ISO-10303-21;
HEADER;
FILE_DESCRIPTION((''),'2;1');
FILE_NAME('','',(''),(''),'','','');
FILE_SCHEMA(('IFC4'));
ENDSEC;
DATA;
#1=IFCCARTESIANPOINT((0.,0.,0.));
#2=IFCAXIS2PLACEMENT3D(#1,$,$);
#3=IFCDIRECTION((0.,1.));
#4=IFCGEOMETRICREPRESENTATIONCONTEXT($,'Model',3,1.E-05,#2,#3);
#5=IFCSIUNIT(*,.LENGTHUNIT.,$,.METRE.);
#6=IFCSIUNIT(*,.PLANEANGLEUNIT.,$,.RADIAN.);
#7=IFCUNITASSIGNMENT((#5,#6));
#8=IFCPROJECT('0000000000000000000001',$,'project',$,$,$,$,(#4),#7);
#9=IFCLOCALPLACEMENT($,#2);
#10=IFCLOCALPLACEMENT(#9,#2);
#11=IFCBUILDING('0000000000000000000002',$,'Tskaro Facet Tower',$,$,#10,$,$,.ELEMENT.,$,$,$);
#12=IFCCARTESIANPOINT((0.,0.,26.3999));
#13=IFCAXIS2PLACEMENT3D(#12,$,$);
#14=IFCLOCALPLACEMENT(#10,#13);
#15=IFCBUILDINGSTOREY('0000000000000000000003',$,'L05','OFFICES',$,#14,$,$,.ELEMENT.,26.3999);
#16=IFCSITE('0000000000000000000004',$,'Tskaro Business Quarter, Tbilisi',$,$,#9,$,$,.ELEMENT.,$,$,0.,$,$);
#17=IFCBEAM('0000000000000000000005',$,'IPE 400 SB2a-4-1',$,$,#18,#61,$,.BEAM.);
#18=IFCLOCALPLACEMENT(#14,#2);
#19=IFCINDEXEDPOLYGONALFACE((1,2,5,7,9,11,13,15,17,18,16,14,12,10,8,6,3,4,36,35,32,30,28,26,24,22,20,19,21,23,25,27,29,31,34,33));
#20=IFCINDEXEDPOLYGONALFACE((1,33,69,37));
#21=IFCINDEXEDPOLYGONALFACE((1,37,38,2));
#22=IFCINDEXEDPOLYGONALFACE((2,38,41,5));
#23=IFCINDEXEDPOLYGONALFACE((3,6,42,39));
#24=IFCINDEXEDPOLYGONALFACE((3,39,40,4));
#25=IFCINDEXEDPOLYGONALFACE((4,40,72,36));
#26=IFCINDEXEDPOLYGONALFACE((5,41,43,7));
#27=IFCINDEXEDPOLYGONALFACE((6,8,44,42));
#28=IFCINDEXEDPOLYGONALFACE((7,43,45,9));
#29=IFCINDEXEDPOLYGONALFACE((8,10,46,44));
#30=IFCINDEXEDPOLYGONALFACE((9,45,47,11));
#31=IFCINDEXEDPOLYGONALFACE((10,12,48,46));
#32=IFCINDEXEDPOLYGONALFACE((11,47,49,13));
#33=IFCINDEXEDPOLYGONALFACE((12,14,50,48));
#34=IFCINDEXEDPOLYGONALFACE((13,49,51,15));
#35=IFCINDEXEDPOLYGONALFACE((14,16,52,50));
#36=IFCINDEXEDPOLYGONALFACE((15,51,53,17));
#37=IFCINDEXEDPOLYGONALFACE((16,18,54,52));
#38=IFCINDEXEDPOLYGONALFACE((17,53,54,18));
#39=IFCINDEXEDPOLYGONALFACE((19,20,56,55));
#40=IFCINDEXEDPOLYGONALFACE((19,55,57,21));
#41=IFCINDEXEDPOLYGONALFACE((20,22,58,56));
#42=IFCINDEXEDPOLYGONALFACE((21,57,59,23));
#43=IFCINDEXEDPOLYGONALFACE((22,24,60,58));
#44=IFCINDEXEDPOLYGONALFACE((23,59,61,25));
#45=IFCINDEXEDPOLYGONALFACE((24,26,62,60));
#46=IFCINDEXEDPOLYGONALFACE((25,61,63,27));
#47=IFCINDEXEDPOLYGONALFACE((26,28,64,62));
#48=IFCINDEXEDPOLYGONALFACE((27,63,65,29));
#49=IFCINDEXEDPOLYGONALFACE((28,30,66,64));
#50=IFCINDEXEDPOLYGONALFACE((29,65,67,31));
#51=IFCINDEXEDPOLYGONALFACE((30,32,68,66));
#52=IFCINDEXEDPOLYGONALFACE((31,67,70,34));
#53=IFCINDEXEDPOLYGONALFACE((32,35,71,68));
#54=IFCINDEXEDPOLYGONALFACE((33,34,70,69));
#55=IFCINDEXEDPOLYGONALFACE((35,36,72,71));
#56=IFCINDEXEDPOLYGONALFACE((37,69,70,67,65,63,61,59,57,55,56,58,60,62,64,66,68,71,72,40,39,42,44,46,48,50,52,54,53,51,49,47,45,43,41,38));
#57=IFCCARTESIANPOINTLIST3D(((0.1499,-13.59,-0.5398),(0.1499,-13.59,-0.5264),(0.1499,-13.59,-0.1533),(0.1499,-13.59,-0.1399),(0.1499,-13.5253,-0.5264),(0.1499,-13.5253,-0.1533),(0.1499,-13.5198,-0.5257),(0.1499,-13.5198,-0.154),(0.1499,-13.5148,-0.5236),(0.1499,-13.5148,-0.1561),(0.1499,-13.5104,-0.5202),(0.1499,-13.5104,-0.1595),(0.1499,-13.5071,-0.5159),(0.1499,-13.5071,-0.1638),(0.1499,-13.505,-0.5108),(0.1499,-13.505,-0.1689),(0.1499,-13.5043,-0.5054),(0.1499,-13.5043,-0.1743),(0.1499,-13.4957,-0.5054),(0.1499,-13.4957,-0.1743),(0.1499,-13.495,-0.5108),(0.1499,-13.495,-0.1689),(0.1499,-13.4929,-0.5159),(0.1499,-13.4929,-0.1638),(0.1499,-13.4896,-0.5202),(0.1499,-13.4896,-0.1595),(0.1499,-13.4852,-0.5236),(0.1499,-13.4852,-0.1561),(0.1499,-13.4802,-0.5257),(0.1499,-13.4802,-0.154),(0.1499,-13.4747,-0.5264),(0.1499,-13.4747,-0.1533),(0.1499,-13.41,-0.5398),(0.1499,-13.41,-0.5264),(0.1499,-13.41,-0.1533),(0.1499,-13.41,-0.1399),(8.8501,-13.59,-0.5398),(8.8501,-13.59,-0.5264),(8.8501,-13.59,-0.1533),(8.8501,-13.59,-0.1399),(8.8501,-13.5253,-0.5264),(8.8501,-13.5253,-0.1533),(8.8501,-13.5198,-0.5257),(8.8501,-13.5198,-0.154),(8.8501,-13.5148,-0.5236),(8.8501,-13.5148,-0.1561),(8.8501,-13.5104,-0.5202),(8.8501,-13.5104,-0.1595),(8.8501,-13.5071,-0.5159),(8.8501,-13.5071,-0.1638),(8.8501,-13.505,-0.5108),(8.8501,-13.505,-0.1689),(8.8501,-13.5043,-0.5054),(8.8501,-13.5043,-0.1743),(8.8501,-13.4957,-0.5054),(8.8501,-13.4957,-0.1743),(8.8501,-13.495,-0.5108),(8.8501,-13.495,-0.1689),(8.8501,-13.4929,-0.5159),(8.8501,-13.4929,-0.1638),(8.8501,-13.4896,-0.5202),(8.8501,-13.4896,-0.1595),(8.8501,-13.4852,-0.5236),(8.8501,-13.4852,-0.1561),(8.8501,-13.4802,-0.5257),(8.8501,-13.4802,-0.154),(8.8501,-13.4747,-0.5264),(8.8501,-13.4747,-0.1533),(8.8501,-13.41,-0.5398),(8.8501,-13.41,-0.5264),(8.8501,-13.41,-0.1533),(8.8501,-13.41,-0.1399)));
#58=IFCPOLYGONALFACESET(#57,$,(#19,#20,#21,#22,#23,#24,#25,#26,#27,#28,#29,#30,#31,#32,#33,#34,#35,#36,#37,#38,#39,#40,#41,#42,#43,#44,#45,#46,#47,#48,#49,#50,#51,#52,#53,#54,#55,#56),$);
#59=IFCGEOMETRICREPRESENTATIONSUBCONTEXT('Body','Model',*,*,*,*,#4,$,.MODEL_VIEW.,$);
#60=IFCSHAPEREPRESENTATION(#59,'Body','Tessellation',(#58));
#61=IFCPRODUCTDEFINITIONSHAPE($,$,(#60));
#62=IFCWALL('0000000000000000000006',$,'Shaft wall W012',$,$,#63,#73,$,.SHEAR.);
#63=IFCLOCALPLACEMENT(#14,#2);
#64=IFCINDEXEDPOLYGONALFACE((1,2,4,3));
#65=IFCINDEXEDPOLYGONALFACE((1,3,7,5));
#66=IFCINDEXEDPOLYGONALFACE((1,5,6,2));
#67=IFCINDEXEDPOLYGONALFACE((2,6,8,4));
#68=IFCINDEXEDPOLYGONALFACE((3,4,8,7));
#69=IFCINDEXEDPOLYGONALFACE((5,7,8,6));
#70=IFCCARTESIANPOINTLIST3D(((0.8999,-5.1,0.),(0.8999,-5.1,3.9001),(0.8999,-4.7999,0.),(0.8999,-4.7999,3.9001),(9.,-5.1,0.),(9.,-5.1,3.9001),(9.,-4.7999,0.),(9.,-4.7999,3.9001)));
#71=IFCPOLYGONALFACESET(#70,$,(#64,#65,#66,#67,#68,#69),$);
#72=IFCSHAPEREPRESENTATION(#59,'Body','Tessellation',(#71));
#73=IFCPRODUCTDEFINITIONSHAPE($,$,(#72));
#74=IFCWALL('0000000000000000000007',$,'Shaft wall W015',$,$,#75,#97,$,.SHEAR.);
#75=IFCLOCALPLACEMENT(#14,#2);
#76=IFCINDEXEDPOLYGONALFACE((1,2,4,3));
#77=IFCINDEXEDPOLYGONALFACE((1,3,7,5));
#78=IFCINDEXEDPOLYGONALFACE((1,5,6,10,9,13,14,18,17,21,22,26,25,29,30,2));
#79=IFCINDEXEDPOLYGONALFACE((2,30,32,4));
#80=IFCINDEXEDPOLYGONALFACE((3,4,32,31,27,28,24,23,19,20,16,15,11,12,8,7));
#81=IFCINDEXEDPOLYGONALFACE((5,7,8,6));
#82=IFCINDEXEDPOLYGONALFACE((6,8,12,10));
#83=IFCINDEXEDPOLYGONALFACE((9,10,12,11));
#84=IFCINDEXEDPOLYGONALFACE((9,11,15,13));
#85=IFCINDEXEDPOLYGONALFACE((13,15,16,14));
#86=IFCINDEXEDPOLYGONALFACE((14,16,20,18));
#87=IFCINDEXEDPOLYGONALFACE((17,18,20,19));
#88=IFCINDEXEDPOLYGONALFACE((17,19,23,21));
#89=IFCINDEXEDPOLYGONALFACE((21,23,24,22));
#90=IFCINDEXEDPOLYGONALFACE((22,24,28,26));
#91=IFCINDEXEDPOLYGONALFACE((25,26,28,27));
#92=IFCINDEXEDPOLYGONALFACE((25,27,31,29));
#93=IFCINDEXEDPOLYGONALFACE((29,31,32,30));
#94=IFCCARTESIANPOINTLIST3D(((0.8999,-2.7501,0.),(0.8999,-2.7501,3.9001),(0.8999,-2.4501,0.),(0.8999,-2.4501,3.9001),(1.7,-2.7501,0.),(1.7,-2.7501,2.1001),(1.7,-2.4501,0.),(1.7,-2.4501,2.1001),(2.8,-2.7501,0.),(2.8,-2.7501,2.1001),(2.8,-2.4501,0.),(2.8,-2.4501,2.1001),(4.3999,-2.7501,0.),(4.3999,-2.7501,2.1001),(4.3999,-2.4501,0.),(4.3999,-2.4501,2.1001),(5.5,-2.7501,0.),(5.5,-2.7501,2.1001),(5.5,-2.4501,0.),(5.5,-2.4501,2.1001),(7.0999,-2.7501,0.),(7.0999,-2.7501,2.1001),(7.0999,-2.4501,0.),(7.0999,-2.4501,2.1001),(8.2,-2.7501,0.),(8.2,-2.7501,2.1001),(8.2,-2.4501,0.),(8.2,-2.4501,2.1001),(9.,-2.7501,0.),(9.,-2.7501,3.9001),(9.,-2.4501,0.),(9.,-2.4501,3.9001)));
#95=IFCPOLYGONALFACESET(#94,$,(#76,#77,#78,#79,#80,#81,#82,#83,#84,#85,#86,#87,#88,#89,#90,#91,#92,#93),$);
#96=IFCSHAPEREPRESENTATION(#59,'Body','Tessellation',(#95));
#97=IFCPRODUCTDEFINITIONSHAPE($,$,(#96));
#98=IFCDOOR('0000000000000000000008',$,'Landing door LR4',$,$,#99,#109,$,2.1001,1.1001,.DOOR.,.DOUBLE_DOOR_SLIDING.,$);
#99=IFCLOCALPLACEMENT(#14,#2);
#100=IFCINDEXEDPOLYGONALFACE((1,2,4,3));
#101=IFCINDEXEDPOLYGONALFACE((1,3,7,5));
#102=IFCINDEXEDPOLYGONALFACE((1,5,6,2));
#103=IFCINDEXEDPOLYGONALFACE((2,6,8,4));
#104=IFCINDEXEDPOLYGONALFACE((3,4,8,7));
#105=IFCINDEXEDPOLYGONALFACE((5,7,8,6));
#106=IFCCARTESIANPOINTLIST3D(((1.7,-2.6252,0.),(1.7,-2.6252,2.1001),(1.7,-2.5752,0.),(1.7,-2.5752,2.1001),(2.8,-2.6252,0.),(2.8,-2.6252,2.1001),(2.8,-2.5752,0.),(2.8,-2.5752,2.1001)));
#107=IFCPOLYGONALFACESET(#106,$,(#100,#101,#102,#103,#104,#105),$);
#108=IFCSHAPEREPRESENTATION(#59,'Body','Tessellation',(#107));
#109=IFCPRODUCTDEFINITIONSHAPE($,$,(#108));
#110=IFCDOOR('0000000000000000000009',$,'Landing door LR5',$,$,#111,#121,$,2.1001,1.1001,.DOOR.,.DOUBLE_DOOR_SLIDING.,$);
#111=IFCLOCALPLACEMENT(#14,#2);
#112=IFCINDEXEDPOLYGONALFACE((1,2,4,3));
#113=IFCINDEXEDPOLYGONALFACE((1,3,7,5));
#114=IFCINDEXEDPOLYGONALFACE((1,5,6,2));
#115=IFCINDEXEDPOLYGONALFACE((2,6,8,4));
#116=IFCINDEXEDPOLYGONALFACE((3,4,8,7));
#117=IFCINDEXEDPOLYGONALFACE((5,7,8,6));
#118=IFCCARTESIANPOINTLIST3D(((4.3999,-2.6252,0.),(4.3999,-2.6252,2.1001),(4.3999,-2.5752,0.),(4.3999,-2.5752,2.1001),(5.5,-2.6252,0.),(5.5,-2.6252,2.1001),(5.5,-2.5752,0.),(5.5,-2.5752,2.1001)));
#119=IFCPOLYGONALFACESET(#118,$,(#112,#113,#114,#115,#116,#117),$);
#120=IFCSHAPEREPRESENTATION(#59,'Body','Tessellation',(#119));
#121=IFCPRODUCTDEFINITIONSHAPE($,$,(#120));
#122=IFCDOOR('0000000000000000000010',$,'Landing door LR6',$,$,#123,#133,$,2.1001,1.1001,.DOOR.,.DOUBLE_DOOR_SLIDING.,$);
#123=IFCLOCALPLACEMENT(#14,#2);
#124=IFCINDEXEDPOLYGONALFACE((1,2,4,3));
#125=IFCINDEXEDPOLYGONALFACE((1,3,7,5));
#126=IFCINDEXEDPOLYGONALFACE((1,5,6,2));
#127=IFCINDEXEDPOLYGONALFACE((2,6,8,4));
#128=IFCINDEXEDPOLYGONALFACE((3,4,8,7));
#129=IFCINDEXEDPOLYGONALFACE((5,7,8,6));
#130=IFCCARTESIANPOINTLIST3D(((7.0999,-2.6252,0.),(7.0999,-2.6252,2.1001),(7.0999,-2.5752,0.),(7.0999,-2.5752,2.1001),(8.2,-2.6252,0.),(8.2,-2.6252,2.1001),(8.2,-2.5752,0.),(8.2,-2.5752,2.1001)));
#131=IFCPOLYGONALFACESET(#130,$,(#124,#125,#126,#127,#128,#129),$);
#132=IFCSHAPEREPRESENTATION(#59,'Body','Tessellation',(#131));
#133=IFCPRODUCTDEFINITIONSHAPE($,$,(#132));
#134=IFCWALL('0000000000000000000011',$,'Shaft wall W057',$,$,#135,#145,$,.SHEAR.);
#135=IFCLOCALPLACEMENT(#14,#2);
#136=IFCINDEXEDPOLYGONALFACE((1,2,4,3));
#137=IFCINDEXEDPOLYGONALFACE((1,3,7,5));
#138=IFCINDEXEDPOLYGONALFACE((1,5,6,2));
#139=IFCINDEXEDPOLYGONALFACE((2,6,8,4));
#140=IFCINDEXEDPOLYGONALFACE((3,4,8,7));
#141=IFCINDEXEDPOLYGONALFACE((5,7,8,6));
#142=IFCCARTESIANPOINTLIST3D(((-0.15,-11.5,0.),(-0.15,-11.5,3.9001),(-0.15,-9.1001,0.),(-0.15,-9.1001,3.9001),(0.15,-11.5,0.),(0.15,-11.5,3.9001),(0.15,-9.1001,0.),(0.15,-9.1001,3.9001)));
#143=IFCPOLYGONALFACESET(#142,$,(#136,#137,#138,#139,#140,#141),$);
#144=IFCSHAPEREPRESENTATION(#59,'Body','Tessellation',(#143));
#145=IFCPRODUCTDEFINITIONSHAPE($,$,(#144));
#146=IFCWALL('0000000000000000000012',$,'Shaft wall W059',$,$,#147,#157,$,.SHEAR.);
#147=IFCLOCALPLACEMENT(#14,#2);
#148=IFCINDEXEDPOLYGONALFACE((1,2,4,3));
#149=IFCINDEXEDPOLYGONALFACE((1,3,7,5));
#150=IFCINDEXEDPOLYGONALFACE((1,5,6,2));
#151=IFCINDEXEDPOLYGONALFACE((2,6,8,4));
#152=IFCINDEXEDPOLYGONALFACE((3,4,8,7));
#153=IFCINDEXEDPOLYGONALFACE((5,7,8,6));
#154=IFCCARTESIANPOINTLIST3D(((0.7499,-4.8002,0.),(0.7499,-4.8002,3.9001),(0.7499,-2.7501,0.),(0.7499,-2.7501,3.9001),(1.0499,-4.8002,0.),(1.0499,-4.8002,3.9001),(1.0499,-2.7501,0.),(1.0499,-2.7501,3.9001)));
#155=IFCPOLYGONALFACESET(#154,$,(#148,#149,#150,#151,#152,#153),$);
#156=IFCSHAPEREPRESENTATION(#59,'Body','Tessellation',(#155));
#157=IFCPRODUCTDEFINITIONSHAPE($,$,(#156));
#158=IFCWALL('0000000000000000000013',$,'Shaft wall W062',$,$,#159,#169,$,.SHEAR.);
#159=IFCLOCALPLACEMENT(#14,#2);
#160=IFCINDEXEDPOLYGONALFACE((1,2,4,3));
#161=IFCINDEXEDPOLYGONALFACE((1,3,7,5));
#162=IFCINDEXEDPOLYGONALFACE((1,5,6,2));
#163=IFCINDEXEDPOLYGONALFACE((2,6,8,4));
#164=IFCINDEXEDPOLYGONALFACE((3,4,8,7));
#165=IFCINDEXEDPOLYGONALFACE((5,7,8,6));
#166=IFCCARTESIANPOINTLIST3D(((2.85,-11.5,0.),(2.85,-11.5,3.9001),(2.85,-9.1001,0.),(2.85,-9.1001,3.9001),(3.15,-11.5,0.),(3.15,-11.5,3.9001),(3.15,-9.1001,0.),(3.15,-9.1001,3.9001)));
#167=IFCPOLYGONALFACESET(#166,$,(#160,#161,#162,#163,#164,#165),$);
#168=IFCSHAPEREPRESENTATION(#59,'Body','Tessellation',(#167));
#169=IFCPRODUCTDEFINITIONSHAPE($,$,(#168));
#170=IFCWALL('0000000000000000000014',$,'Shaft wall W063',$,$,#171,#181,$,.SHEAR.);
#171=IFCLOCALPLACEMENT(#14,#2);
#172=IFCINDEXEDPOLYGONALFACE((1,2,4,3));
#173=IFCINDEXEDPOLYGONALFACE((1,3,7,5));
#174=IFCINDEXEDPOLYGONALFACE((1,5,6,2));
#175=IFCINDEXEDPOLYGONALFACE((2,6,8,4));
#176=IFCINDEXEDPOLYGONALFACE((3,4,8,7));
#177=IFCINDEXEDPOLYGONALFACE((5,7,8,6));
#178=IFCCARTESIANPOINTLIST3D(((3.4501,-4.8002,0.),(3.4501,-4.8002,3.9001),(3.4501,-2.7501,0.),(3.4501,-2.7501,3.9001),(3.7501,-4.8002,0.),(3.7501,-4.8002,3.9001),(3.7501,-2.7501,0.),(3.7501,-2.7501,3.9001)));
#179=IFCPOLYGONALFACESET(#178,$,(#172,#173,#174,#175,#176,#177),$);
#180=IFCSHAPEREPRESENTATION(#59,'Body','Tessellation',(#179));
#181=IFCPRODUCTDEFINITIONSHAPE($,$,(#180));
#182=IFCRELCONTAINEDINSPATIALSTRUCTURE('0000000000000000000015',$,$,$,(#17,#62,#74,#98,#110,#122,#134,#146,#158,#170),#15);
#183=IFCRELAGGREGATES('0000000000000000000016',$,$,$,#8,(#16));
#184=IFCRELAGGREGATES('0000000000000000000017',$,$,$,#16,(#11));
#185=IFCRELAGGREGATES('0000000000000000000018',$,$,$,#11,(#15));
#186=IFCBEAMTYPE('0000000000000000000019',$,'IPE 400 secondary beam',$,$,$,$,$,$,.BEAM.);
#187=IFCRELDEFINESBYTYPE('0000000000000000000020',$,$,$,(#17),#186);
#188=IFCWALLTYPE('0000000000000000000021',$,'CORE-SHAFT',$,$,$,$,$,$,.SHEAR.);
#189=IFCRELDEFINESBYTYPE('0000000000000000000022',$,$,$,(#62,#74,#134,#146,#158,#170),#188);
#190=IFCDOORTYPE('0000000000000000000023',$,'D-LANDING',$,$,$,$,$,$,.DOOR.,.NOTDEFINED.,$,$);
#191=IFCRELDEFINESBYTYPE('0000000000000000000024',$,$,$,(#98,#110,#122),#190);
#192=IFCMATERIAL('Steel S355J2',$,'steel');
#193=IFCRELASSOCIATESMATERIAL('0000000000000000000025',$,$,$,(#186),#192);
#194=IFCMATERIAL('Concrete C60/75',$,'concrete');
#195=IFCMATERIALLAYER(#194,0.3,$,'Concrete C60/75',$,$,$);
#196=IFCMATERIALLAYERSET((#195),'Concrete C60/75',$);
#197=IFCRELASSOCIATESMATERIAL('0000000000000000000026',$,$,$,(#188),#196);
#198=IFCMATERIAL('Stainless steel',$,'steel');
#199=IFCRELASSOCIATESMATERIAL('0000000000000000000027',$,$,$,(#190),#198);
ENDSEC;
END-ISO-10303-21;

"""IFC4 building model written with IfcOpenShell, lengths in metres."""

from ifc_helpers import new_model, si_unit, direction, frame, frame_2d, origin, origin_2d, place, context, subcontext, project, spatial, rectangle, i_section, extrude, material, layer, layer_set, material_profile, profile_set, type_object, element, fill, save


model = new_model("IFC4")

# Units and contexts
model_context = context("Model", 3, precision=1e-05, world=origin(), true_north=direction((0.0, 1.0)))
body_context = subcontext(model_context, "Body", "Model", "MODEL_VIEW")
ifc_project = project(units=[si_unit("LENGTHUNIT", "METRE"), si_unit("PLANEANGLEUNIT", "RADIAN")], contexts=[model_context])

# Site, building, storey
site_placement = place(None, origin())
site = spatial("IfcSite", under=ifc_project, at=site_placement, Name="Tskaro Business Quarter, Tbilisi", CompositionType="ELEMENT", RefElevation=0.0)
building_placement = place(site_placement, origin())
building = spatial("IfcBuilding", under=site, at=building_placement, Name="Tskaro Facet Tower", CompositionType="ELEMENT")
storey_placement = place(building_placement, frame((0.0, 0.0, 26.3999)))
storey = spatial("IfcBuildingStorey", under=building, at=storey_placement, Name="L05", Description="OFFICES", CompositionType="ELEMENT", Elevation=26.3999)

# Beam
ifc_material_1 = material(Name="Steel S355J2", Category="steel")
ifc_material_profile = material_profile(ifc_material_1, i_section(OverallWidth=0.1799, OverallDepth=0.3999, WebThickness=0.0085, FlangeThickness=0.0134, FilletRadius=0.021, at=origin_2d()), Name="IPE 400")
ifc_profile_set = profile_set([ifc_material_profile], Name="Steel S355J2")
beam_type = type_object("IfcBeamType", Name="IPE 400 secondary beam", PredefinedType="BEAM", material=ifc_profile_set)
beam_placement = place(storey_placement, frame((0.1499, -13.5, -0.3398), z_axis=(1.0, 0.0, 0.0), x_axis=(0.0, 1.0, 0.0)))
element("IfcBeam", 1, at=beam_placement, inside=storey, type_object=beam_type, Name="IPE 400 SB2a-4-1", PredefinedType="BEAM", context=body_context, shape_type="SweptSolid", body=[
    extrude(i_section(OverallWidth=0.1799, OverallDepth=0.3999, WebThickness=0.0085, FlangeThickness=0.0134, FilletRadius=0.021, at=origin_2d()), origin(), (0.0, 0.0, 1.0), 8.7002),
])

# Wall
ifc_material_2 = material(Name="Concrete C60/75", Category="concrete")
ifc_layer_1 = layer(ifc_material_2, 0.3, Name="Concrete C60/75")
ifc_layer_set_1 = layer_set([ifc_layer_1], Name="Concrete C60/75")
wall_type_1 = type_object("IfcWallType", Name="CORE-SHAFT", PredefinedType="SHEAR", material=ifc_layer_set_1)
wall_1_placement = place(storey_placement, frame((0.8999, -4.95, 0.0), z_axis=(0.0, 0.0, 1.0), x_axis=(1.0, 0.0, 0.0)))
element("IfcWall", 2, at=wall_1_placement, inside=storey, type_object=wall_type_1, Name="Shaft wall W012", PredefinedType="SHEAR", context=body_context, shape_type="SweptSolid", body=[
    extrude(rectangle(XDim=8.1001, YDim=0.3, at=frame_2d((4.05, 0.0))), origin(), (0.0, 0.0, 1.0), 3.9001),
])

# Wall, openings, doors
wall_2_placement = place(storey_placement, frame((0.8999, -2.6001, 0.0), z_axis=(0.0, 0.0, 1.0), x_axis=(1.0, 0.0, 0.0)))
wall_2 = element("IfcWall", 3, at=wall_2_placement, inside=storey, type_object=wall_type_1, Name="Shaft wall W015", PredefinedType="SHEAR", context=body_context, shape_type="SweptSolid", body=[
    extrude(rectangle(XDim=8.1001, YDim=0.3, at=frame_2d((4.05, 0.0))), origin(), (0.0, 0.0, 1.0), 3.9001),
])
opening_1_placement = place(wall_2_placement, frame((0.8, 0.0, 0.0)))
opening_1 = element("IfcOpeningElement", 4, at=opening_1_placement, cuts=wall_2, PredefinedType="OPENING", context=body_context, shape_type="SweptSolid", body=[
    extrude(rectangle(XDim=1.1001, YDim=2.1001, at=frame_2d((0.55, 1.05))), frame((0.0, 0.1599, 0.0), z_axis=(0.0, -1.0, 0.0), x_axis=(1.0, 0.0, 0.0)), (0.0, 0.0, 1.0), 0.3201),
])
opening_2_placement = place(wall_2_placement, frame((3.5, 0.0, 0.0)))
opening_2 = element("IfcOpeningElement", 5, at=opening_2_placement, cuts=wall_2, PredefinedType="OPENING", context=body_context, shape_type="SweptSolid", body=[
    extrude(rectangle(XDim=1.1001, YDim=2.1001, at=frame_2d((0.55, 1.05))), frame((0.0, 0.1599, 0.0), z_axis=(0.0, -1.0, 0.0), x_axis=(1.0, 0.0, 0.0)), (0.0, 0.0, 1.0), 0.3201),
])
opening_3_placement = place(wall_2_placement, frame((6.2, 0.0, 0.0)))
opening_3 = element("IfcOpeningElement", 6, at=opening_3_placement, cuts=wall_2, PredefinedType="OPENING", context=body_context, shape_type="SweptSolid", body=[
    extrude(rectangle(XDim=1.1001, YDim=2.1001, at=frame_2d((0.55, 1.05))), frame((0.0, 0.1599, 0.0), z_axis=(0.0, -1.0, 0.0), x_axis=(1.0, 0.0, 0.0)), (0.0, 0.0, 1.0), 0.3201),
])
ifc_material_3 = material(Name="Stainless steel", Category="steel")
door_type_1 = type_object("IfcDoorType", Name="D-LANDING", OperationType="NOTDEFINED", PredefinedType="DOOR", material=ifc_material_3)
door_1_placement = place(opening_1_placement, origin())
door_1 = element("IfcDoor", 7, at=door_1_placement, inside=storey, type_object=door_type_1, Name="Landing door LR4", OperationType="DOUBLE_DOOR_SLIDING", OverallHeight=2.1001, OverallWidth=1.1001, PredefinedType="DOOR", context=body_context, shape_type="SweptSolid", body=[
    extrude(rectangle(XDim=1.1001, YDim=2.1001, at=frame_2d((0.55, 1.05))), frame((0.0, 0.0249, 0.0), z_axis=(0.0, -1.0, 0.0), x_axis=(1.0, 0.0, 0.0)), (0.0, 0.0, 1.0), 0.05),
])
fill(opening_1, door_1)
door_2_placement = place(opening_2_placement, origin())
door_2 = element("IfcDoor", 8, at=door_2_placement, inside=storey, type_object=door_type_1, Name="Landing door LR5", OperationType="DOUBLE_DOOR_SLIDING", OverallHeight=2.1001, OverallWidth=1.1001, PredefinedType="DOOR", context=body_context, shape_type="SweptSolid", body=[
    extrude(rectangle(XDim=1.1001, YDim=2.1001, at=frame_2d((0.55, 1.05))), frame((0.0, 0.0249, 0.0), z_axis=(0.0, -1.0, 0.0), x_axis=(1.0, 0.0, 0.0)), (0.0, 0.0, 1.0), 0.05),
])
fill(opening_2, door_2)
door_3_placement = place(opening_3_placement, origin())
door_3 = element("IfcDoor", 9, at=door_3_placement, inside=storey, type_object=door_type_1, Name="Landing door LR6", OperationType="DOUBLE_DOOR_SLIDING", OverallHeight=2.1001, OverallWidth=1.1001, PredefinedType="DOOR", context=body_context, shape_type="SweptSolid", body=[
    extrude(rectangle(XDim=1.1001, YDim=2.1001, at=frame_2d((0.55, 1.05))), frame((0.0, 0.0249, 0.0), z_axis=(0.0, -1.0, 0.0), x_axis=(1.0, 0.0, 0.0)), (0.0, 0.0, 1.0), 0.05),
])
fill(opening_3, door_3)

# Walls
wall_3_placement = place(storey_placement, frame((0.0, -11.5, 0.0), z_axis=(0.0, 0.0, 1.0), x_axis=(0.0, 1.0, 0.0)))
element("IfcWall", 10, at=wall_3_placement, inside=storey, type_object=wall_type_1, Name="Shaft wall W057", PredefinedType="SHEAR", context=body_context, shape_type="SweptSolid", body=[
    extrude(rectangle(XDim=2.3999, YDim=0.3, at=frame_2d((1.2, 0.0))), origin(), (0.0, 0.0, 1.0), 3.9001),
])
wall_4_placement = place(storey_placement, frame((0.8999, -4.8, 0.0), z_axis=(0.0, 0.0, 1.0), x_axis=(0.0, 1.0, 0.0)))
element("IfcWall", 11, at=wall_4_placement, inside=storey, type_object=wall_type_1, Name="Shaft wall W059", PredefinedType="SHEAR", context=body_context, shape_type="SweptSolid", body=[
    extrude(rectangle(XDim=2.05, YDim=0.3, at=frame_2d((1.0249, 0.0))), origin(), (0.0, 0.0, 1.0), 3.9001),
])
wall_5_placement = place(storey_placement, frame((3.0, -11.5, 0.0), z_axis=(0.0, 0.0, 1.0), x_axis=(0.0, 1.0, 0.0)))
element("IfcWall", 12, at=wall_5_placement, inside=storey, type_object=wall_type_1, Name="Shaft wall W062", PredefinedType="SHEAR", context=body_context, shape_type="SweptSolid", body=[
    extrude(rectangle(XDim=2.3999, YDim=0.3, at=frame_2d((1.2, 0.0))), origin(), (0.0, 0.0, 1.0), 3.9001),
])
wall_6_placement = place(storey_placement, frame((3.6001, -4.8, 0.0), z_axis=(0.0, 0.0, 1.0), x_axis=(0.0, 1.0, 0.0)))
element("IfcWall", 13, at=wall_6_placement, inside=storey, type_object=wall_type_1, Name="Shaft wall W063", PredefinedType="SHEAR", context=body_context, shape_type="SweptSolid", body=[
    extrude(rectangle(XDim=2.05, YDim=0.3, at=frame_2d((1.0249, 0.0))), origin(), (0.0, 0.0, 1.0), 3.9001),
])

save(model, "model.ifc")
